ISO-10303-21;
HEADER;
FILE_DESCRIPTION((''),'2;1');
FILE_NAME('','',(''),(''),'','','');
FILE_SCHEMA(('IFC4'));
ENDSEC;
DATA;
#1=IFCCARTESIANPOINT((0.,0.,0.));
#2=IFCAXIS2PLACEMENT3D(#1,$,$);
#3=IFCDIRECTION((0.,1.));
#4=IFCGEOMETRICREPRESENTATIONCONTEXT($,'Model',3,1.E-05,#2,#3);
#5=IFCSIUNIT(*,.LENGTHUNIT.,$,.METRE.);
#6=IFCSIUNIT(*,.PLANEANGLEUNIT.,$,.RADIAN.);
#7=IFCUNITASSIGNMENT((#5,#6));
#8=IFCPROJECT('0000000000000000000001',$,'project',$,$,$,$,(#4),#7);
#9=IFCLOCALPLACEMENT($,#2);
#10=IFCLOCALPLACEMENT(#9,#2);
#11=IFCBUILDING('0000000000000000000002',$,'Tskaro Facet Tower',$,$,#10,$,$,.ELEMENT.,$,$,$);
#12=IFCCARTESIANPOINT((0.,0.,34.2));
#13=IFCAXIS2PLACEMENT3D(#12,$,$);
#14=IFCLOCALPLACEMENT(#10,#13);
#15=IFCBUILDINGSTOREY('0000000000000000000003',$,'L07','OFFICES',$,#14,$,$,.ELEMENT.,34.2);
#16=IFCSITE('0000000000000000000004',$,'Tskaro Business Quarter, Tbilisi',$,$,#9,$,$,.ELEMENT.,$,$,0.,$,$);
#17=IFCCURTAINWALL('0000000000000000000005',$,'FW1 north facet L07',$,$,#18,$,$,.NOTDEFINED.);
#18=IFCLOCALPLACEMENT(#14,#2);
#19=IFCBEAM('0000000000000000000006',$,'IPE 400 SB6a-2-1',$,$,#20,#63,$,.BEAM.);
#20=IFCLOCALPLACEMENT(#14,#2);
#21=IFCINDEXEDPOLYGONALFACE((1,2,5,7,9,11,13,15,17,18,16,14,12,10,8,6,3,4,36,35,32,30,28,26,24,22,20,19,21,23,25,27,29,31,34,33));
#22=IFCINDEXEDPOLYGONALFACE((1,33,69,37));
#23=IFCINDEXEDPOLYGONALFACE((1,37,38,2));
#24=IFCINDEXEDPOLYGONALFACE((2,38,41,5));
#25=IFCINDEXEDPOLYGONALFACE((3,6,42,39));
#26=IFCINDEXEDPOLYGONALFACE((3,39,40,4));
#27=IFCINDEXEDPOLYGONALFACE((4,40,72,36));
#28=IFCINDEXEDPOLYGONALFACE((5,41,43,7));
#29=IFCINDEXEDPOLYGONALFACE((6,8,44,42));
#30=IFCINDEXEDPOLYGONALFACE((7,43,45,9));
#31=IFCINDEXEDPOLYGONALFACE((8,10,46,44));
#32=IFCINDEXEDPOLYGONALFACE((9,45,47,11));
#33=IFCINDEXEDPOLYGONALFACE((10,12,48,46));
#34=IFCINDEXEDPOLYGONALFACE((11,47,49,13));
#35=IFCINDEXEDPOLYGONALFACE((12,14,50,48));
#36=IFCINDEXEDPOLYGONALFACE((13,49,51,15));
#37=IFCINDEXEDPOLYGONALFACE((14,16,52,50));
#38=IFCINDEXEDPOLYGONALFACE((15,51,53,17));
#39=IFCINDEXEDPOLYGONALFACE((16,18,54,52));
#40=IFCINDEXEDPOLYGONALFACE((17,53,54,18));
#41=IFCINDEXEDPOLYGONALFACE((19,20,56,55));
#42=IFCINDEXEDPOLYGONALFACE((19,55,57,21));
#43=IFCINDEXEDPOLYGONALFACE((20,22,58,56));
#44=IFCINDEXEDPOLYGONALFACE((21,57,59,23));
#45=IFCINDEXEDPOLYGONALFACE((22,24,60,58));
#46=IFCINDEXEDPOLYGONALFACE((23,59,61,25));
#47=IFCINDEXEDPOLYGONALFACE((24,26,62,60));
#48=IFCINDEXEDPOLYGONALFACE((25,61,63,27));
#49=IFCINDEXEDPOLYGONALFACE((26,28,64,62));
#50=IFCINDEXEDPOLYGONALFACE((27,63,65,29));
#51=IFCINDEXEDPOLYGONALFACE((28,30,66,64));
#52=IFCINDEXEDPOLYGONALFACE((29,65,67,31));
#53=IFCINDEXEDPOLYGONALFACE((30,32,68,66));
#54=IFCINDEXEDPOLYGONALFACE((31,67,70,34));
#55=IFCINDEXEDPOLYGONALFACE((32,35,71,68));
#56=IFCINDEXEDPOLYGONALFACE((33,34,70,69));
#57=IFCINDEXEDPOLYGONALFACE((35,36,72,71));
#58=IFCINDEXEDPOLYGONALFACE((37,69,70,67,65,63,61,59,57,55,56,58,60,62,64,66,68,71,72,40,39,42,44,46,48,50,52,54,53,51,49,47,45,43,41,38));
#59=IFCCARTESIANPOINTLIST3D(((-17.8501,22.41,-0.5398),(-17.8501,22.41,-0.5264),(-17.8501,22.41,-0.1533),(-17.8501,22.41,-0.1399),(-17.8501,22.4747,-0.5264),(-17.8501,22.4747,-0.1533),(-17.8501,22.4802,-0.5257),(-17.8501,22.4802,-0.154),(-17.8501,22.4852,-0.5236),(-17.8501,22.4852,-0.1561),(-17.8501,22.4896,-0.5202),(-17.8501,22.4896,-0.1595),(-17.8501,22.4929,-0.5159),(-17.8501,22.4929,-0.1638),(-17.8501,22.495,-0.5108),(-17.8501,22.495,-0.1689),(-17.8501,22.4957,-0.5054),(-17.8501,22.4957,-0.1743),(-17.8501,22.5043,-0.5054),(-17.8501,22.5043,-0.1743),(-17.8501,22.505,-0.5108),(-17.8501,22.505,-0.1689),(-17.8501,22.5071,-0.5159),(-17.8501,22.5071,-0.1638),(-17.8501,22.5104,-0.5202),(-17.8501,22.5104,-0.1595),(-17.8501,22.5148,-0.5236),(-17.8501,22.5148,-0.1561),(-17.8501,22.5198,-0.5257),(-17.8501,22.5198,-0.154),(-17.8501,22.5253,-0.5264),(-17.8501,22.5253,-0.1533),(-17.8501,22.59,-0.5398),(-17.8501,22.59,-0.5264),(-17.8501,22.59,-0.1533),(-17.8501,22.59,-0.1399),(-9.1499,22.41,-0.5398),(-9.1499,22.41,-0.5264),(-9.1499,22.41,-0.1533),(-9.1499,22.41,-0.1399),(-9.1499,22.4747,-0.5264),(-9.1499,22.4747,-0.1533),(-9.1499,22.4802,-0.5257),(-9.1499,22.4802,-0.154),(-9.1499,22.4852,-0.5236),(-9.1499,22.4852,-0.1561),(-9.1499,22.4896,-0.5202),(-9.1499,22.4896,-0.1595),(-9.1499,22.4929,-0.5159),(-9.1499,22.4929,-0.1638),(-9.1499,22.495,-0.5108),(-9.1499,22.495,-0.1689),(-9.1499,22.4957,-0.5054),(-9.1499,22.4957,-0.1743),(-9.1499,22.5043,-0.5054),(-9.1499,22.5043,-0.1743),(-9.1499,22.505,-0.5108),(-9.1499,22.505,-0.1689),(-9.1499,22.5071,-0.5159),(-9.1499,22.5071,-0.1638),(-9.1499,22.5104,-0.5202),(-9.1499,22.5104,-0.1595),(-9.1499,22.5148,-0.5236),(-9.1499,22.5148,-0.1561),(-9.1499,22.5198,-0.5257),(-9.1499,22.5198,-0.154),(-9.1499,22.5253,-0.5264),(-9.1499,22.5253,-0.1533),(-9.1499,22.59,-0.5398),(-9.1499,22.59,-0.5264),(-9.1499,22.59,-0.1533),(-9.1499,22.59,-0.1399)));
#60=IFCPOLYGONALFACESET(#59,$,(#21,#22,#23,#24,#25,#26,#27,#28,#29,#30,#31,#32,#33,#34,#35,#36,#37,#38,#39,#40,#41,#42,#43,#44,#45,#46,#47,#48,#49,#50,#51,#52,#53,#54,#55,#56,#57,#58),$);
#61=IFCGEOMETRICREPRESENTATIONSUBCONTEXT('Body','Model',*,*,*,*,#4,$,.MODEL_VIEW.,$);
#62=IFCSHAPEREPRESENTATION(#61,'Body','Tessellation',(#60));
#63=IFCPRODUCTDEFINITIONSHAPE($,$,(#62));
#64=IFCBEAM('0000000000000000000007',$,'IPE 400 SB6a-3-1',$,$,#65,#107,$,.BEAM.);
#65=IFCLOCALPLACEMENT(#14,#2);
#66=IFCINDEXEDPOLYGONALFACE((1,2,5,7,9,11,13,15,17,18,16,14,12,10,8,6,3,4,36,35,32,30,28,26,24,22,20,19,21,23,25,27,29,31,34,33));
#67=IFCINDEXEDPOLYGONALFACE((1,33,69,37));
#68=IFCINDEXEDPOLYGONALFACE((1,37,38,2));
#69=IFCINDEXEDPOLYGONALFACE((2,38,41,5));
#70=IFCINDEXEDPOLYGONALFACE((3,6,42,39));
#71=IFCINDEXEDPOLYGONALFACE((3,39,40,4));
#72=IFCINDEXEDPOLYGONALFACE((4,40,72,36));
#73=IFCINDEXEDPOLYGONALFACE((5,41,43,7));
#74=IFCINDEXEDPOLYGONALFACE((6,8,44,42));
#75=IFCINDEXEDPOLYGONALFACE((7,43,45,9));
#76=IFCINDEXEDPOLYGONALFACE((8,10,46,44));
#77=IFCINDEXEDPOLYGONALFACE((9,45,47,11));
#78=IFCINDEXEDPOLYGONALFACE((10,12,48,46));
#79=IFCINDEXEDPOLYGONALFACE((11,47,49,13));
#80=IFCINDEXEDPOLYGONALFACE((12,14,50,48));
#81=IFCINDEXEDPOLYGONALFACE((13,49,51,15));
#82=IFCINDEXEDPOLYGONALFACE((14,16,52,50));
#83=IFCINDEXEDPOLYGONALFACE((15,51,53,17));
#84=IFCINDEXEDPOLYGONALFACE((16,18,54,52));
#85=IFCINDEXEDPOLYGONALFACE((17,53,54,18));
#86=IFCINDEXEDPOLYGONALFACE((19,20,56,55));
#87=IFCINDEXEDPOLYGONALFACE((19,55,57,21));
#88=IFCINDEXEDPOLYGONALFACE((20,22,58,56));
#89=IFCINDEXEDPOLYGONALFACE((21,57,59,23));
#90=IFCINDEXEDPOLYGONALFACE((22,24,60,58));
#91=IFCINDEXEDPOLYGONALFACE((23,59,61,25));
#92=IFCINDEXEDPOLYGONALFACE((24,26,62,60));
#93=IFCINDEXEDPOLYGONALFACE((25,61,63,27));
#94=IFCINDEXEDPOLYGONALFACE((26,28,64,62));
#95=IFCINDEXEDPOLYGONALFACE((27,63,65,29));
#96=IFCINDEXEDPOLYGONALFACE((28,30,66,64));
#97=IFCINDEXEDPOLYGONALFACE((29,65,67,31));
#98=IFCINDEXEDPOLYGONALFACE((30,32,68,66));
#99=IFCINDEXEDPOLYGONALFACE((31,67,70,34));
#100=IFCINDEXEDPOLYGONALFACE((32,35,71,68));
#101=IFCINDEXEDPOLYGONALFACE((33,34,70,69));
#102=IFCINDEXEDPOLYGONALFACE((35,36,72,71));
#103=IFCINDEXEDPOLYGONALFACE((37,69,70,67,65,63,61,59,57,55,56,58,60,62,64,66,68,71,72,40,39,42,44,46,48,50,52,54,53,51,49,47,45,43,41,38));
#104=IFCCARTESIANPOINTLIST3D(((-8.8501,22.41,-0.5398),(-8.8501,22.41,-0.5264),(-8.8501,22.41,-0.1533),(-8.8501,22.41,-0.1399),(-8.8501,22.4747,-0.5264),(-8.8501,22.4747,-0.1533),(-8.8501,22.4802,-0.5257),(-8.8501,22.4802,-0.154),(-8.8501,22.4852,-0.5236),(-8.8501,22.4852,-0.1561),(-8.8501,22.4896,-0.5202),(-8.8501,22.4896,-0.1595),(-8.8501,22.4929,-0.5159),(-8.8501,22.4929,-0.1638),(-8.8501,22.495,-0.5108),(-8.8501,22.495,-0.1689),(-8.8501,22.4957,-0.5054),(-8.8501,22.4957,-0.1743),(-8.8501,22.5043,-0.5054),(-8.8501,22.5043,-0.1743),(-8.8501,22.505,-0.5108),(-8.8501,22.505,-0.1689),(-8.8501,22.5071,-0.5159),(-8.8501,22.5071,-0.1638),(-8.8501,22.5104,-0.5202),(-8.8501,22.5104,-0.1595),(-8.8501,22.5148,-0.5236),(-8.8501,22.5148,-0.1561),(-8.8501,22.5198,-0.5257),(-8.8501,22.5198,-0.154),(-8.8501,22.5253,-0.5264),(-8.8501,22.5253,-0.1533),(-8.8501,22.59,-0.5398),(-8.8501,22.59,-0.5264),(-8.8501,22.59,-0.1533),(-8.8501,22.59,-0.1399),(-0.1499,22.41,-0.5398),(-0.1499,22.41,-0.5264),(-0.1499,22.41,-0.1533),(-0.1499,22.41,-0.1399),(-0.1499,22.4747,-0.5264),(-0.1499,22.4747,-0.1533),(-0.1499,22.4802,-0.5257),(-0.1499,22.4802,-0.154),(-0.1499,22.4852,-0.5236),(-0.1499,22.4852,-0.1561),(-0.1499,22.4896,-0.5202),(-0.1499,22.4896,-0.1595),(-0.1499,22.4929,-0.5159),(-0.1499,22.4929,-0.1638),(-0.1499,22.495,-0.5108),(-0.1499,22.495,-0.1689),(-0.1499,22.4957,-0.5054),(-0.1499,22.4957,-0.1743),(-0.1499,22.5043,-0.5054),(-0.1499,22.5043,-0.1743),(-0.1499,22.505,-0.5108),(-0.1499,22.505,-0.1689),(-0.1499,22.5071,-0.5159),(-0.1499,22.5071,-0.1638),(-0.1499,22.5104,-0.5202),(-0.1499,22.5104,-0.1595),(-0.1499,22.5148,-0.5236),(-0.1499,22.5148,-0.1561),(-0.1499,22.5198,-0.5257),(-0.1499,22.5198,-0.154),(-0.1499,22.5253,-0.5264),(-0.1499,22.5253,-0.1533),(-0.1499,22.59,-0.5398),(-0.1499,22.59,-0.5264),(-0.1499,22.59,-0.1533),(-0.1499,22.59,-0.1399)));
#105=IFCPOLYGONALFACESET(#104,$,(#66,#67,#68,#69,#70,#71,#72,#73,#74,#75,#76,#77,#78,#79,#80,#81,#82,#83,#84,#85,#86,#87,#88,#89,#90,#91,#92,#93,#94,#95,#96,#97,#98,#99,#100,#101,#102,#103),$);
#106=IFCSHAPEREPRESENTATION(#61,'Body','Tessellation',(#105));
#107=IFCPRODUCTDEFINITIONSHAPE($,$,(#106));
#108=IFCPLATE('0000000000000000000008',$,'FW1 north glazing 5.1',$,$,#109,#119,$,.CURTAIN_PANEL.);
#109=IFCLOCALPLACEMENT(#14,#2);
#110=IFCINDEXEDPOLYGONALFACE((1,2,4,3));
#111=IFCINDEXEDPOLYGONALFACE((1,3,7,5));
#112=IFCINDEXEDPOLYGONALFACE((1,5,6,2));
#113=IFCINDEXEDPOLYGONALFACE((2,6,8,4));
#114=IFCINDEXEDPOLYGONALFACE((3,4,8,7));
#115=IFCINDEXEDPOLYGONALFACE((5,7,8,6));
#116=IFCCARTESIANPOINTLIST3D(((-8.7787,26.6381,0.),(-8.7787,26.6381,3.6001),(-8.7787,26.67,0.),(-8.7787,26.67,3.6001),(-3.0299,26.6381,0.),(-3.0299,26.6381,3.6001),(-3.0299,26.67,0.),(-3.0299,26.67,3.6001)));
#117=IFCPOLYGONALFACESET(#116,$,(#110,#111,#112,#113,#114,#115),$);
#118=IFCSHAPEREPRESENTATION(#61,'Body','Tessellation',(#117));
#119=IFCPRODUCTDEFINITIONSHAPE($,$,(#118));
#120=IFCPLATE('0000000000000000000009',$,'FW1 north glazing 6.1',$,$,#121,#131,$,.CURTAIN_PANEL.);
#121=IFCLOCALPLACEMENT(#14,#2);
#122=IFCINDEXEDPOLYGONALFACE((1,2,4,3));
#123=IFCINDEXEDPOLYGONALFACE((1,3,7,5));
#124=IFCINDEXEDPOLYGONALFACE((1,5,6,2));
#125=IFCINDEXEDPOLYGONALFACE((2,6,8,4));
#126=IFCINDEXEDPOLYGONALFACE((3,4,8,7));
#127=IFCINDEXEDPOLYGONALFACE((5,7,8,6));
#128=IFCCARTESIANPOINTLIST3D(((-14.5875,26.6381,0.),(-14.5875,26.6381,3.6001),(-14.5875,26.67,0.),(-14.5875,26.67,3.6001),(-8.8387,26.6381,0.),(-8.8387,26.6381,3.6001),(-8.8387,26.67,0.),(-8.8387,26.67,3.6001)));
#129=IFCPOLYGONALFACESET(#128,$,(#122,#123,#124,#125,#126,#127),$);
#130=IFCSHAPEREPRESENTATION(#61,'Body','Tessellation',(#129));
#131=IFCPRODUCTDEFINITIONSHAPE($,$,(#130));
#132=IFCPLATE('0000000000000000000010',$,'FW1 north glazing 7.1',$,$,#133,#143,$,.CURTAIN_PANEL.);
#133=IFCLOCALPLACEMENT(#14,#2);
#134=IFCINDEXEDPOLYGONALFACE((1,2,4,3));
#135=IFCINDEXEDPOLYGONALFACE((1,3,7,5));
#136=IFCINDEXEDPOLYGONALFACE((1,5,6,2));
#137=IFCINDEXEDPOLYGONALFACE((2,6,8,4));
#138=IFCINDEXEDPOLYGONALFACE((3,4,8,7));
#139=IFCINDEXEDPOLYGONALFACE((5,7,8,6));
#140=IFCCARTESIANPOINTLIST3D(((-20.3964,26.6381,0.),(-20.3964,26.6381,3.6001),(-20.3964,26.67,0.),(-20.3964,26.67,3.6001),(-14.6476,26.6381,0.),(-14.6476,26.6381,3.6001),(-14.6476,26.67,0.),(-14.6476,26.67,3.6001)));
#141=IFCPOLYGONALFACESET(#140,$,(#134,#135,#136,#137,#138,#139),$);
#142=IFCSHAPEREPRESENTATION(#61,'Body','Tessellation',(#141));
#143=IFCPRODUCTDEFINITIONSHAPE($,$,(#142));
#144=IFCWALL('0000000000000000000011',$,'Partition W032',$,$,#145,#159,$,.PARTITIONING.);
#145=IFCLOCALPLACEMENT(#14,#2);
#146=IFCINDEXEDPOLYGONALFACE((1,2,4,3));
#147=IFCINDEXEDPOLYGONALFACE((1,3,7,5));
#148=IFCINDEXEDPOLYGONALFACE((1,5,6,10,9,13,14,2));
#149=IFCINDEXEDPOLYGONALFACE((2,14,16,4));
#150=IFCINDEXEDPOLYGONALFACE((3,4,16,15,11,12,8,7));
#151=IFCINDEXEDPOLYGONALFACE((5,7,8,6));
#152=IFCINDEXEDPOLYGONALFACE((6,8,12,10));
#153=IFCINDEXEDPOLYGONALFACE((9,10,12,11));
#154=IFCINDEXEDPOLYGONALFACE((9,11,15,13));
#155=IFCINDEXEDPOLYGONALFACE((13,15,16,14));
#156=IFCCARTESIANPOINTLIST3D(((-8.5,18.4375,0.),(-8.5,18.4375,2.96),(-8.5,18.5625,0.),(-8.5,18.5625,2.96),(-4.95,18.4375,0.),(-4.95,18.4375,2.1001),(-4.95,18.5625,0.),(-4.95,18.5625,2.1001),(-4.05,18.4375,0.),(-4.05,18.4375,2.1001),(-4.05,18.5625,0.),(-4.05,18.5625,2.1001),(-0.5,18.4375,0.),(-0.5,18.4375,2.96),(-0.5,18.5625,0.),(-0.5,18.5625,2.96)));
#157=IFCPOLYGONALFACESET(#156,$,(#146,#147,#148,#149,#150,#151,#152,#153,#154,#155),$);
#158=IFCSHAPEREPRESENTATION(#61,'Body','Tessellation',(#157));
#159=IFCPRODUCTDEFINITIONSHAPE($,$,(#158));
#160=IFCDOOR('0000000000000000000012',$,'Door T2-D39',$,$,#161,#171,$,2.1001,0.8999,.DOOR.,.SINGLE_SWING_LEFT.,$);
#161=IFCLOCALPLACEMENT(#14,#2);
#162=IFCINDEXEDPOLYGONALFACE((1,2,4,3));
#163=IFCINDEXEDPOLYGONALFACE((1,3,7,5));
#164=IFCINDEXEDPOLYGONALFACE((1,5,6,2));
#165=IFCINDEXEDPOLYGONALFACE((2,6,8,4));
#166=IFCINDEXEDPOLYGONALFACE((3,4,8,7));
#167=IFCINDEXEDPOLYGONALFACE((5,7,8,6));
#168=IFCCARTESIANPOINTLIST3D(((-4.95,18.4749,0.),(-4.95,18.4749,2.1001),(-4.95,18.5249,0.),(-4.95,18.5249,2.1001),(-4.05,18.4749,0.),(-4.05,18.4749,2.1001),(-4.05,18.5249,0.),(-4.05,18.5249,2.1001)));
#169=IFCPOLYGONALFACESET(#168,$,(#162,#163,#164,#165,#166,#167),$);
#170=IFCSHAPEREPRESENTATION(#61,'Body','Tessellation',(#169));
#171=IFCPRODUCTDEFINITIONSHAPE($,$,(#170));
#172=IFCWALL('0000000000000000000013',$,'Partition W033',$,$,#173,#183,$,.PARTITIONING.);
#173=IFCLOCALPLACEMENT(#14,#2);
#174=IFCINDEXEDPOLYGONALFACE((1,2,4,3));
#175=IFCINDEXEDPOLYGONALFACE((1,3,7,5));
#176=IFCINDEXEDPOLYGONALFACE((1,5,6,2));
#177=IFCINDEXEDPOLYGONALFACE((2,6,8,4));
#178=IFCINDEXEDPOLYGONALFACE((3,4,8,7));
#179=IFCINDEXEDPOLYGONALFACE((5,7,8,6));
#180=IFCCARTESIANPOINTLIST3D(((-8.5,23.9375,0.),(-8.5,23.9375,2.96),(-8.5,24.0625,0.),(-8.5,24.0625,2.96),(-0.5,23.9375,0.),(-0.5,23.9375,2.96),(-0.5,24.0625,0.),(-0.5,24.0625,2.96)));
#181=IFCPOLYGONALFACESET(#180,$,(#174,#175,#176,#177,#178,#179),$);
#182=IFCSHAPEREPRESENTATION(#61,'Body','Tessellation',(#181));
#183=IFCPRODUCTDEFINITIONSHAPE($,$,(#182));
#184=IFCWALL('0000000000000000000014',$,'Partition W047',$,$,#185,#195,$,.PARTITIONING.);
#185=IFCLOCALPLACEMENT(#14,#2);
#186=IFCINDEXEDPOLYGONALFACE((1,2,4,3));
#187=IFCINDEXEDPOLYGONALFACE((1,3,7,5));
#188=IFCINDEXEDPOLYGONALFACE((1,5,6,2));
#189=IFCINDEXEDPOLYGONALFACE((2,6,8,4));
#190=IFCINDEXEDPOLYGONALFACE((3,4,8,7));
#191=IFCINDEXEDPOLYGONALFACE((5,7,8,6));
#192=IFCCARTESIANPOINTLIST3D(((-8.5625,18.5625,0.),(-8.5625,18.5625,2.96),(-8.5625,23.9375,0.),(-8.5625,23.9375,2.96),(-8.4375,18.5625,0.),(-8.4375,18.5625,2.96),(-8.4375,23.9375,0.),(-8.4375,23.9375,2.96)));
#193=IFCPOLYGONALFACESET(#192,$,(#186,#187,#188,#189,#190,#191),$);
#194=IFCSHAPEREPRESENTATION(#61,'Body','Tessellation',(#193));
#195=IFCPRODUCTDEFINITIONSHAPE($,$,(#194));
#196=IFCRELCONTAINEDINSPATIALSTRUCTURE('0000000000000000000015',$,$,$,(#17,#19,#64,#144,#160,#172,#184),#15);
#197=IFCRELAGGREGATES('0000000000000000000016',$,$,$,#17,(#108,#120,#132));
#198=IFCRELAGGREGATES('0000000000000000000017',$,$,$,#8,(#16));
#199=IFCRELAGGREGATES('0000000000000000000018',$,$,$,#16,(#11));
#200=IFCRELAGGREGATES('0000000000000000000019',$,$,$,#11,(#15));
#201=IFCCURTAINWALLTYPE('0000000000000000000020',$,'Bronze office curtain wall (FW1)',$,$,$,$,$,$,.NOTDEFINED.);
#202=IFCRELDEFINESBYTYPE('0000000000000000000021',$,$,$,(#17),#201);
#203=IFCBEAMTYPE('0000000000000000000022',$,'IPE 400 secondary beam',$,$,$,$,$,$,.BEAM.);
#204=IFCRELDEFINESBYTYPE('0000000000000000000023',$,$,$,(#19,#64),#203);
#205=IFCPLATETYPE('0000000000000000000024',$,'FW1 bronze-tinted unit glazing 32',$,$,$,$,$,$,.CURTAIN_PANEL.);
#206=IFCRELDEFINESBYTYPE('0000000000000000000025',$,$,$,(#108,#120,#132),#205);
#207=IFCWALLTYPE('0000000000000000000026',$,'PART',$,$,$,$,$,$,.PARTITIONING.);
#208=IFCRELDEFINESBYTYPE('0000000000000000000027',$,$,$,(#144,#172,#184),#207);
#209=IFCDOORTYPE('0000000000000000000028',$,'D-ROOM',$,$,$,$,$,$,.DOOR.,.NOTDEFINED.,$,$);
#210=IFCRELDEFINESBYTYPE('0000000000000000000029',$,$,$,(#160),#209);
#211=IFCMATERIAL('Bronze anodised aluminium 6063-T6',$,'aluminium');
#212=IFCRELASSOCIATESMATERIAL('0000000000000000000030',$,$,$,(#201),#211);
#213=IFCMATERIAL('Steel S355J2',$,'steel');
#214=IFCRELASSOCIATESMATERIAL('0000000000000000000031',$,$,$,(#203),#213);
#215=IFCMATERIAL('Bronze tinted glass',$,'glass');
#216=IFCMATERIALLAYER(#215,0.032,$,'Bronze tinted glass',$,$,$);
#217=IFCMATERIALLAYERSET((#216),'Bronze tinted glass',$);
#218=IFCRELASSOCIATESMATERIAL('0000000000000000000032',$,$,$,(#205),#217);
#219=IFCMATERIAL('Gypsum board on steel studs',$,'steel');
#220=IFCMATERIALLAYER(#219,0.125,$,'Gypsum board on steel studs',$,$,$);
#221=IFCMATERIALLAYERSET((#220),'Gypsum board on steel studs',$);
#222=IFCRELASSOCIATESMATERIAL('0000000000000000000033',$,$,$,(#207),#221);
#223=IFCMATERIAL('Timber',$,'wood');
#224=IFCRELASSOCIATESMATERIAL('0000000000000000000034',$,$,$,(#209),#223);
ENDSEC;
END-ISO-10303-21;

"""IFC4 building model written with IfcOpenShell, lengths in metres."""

from ifc_helpers import new_model, si_unit, direction, frame, frame_2d, origin, origin_2d, place, context, subcontext, project, spatial, rectangle, i_section, extrude, material, layer, layer_set, material_profile, profile_set, type_object, element, fill, aggregate, save


model = new_model("IFC4")

# Units and contexts
model_context = context("Model", 3, precision=1e-05, world=origin(), true_north=direction((0.0, 1.0)))
body_context = subcontext(model_context, "Body", "Model", "MODEL_VIEW")
ifc_project = project(units=[si_unit("LENGTHUNIT", "METRE"), si_unit("PLANEANGLEUNIT", "RADIAN")], contexts=[model_context])

# Site, building, storey
site_placement = place(None, origin())
site = spatial("IfcSite", under=ifc_project, at=site_placement, Name="Tskaro Business Quarter, Tbilisi", CompositionType="ELEMENT", RefElevation=0.0)
building_placement = place(site_placement, origin())
building = spatial("IfcBuilding", under=site, at=building_placement, Name="Tskaro Facet Tower", CompositionType="ELEMENT")
storey_placement = place(building_placement, frame((0.0, 0.0, 34.2)))
storey = spatial("IfcBuildingStorey", under=building, at=storey_placement, Name="L07", Description="OFFICES", CompositionType="ELEMENT", Elevation=34.2)

# Curtain wall
ifc_material_1 = material(Name="Bronze anodised aluminium 6063-T6", Category="aluminium")
curtain_wall_type = type_object("IfcCurtainWallType", Name="Bronze office curtain wall (FW1)", PredefinedType="NOTDEFINED", material=ifc_material_1)
curtain_wall_placement = place(storey_placement, origin())
curtain_wall = element("IfcCurtainWall", 1, at=curtain_wall_placement, inside=storey, type_object=curtain_wall_type, Name="FW1 north facet L07", PredefinedType="NOTDEFINED")

# Beams
ifc_material_2 = material(Name="Steel S355J2", Category="steel")
ifc_material_profile_1 = material_profile(ifc_material_2, i_section(OverallWidth=0.1799, OverallDepth=0.3999, WebThickness=0.0085, FlangeThickness=0.0134, FilletRadius=0.021, at=origin_2d()), Name="IPE 400")
ifc_profile_set_1 = profile_set([ifc_material_profile_1], Name="Steel S355J2")
beam_type_1 = type_object("IfcBeamType", Name="IPE 400 secondary beam", PredefinedType="BEAM", material=ifc_profile_set_1)
for number, where, z_axis, x_axis, name in (
    (2, (-17.8501, 22.5, -0.3398), (1.0, 0.0, 0.0), (0.0, 1.0, 0.0), "IPE 400 SB6a-2-1"),
    (3, (-8.8501, 22.5, -0.3398), (1.0, 0.0, 0.0), (0.0, 1.0, 0.0), "IPE 400 SB6a-3-1"),
):
    element("IfcBeam", number, at=place(storey_placement, frame(where, z_axis=z_axis, x_axis=x_axis)), inside=storey, type_object=beam_type_1, Name=name, PredefinedType="BEAM", context=body_context, shape_type="SweptSolid", body=[
        extrude(i_section(OverallWidth=0.1799, OverallDepth=0.3999, WebThickness=0.0085, FlangeThickness=0.0134, FilletRadius=0.021, at=origin_2d()), origin(), (0.0, 0.0, 1.0), 8.7002),
    ])

# Plates
ifc_material_3 = material(Name="Bronze tinted glass", Category="glass")
ifc_layer_1 = layer(ifc_material_3, 0.032, Name="Bronze tinted glass")
ifc_layer_set_1 = layer_set([ifc_layer_1], Name="Bronze tinted glass")
plate_type = type_object("IfcPlateType", Name="FW1 bronze-tinted unit glazing 32", PredefinedType="CURTAIN_PANEL", material=ifc_layer_set_1)
plate_1_placement = place(storey_placement, frame((-5.9043, 26.6541, 0.0), z_axis=(0.0, 0.0, 1.0), x_axis=(-1.0, 0.0, 0.0)))
plate_1 = element("IfcPlate", 4, at=plate_1_placement, type_object=plate_type, Name="FW1 north glazing 5.1", PredefinedType="CURTAIN_PANEL", context=body_context, shape_type="SweptSolid", body=[
    extrude(rectangle(XDim=5.7488, YDim=0.032, at=origin_2d()), origin(), (0.0, 0.0, 1.0), 3.6001),
])
plate_2_placement = place(storey_placement, frame((-11.7131, 26.6541, 0.0), z_axis=(0.0, 0.0, 1.0), x_axis=(-1.0, 0.0, 0.0)))
plate_2 = element("IfcPlate", 5, at=plate_2_placement, type_object=plate_type, Name="FW1 north glazing 6.1", PredefinedType="CURTAIN_PANEL", context=body_context, shape_type="SweptSolid", body=[
    extrude(rectangle(XDim=5.7488, YDim=0.032, at=origin_2d()), origin(), (0.0, 0.0, 1.0), 3.6001),
])
plate_3_placement = place(storey_placement, frame((-17.522, 26.6541, 0.0), z_axis=(0.0, 0.0, 1.0), x_axis=(-1.0, 0.0, 0.0)))
plate_3 = element("IfcPlate", 6, at=plate_3_placement, type_object=plate_type, Name="FW1 north glazing 7.1", PredefinedType="CURTAIN_PANEL", context=body_context, shape_type="SweptSolid", body=[
    extrude(rectangle(XDim=5.7488, YDim=0.032, at=origin_2d()), origin(), (0.0, 0.0, 1.0), 3.6001),
])
aggregate(curtain_wall, [plate_1, plate_2, plate_3])

# Wall, opening, door
ifc_material_4 = material(Name="Gypsum board on steel studs", Category="steel")
ifc_layer_2 = layer(ifc_material_4, 0.125, Name="Gypsum board on steel studs")
ifc_layer_set_2 = layer_set([ifc_layer_2], Name="Gypsum board on steel studs")
wall_type = type_object("IfcWallType", Name="PART", PredefinedType="PARTITIONING", material=ifc_layer_set_2)
wall_1_placement = place(storey_placement, frame((-8.5, 18.5, 0.0), z_axis=(0.0, 0.0, 1.0), x_axis=(1.0, 0.0, 0.0)))
wall_1 = element("IfcWall", 7, at=wall_1_placement, inside=storey, type_object=wall_type, Name="Partition W032", PredefinedType="PARTITIONING", context=body_context, shape_type="SweptSolid", body=[
    extrude(rectangle(XDim=8.0, YDim=0.125, at=frame_2d((4.0, 0.0))), origin(), (0.0, 0.0, 1.0), 2.96),
])
opening_placement = place(wall_1_placement, frame((3.55, 0.0, 0.0)))
opening = element("IfcOpeningElement", 8, at=opening_placement, cuts=wall_1, PredefinedType="OPENING", context=body_context, shape_type="SweptSolid", body=[
    extrude(rectangle(XDim=0.8999, YDim=2.1001, at=frame_2d((0.45, 1.05))), frame((0.0, 0.0725, 0.0), z_axis=(0.0, -1.0, 0.0), x_axis=(1.0, 0.0, 0.0)), (0.0, 0.0, 1.0), 0.145),
])
ifc_material_5 = material(Name="Timber", Category="wood")
door_type = type_object("IfcDoorType", Name="D-ROOM", OperationType="NOTDEFINED", PredefinedType="DOOR", material=ifc_material_5)
door_placement = place(opening_placement, origin())
door = element("IfcDoor", 9, at=door_placement, inside=storey, type_object=door_type, Name="Door T2-D39", OperationType="SINGLE_SWING_LEFT", OverallHeight=2.1001, OverallWidth=0.8999, PredefinedType="DOOR", context=body_context, shape_type="SweptSolid", body=[
    extrude(rectangle(XDim=0.8999, YDim=2.1001, at=frame_2d((0.45, 1.05))), frame((0.0, 0.0249, 0.0), z_axis=(0.0, -1.0, 0.0), x_axis=(1.0, 0.0, 0.0)), (0.0, 0.0, 1.0), 0.05),
])
fill(opening, door)

# Walls
wall_2_placement = place(storey_placement, frame((-8.5, 24.0, 0.0), z_axis=(0.0, 0.0, 1.0), x_axis=(1.0, 0.0, 0.0)))
element("IfcWall", 10, at=wall_2_placement, inside=storey, type_object=wall_type, Name="Partition W033", PredefinedType="PARTITIONING", context=body_context, shape_type="SweptSolid", body=[
    extrude(rectangle(XDim=8.0, YDim=0.125, at=frame_2d((4.0, 0.0))), origin(), (0.0, 0.0, 1.0), 2.96),
])
wall_3_placement = place(storey_placement, frame((-8.5, 18.5625, 0.0), z_axis=(0.0, 0.0, 1.0), x_axis=(0.0, 1.0, 0.0)))
element("IfcWall", 11, at=wall_3_placement, inside=storey, type_object=wall_type, Name="Partition W047", PredefinedType="PARTITIONING", context=body_context, shape_type="SweptSolid", body=[
    extrude(rectangle(XDim=5.375, YDim=0.125, at=frame_2d((2.6875, 0.0))), origin(), (0.0, 0.0, 1.0), 2.96),
])

save(model, "model.ifc")
